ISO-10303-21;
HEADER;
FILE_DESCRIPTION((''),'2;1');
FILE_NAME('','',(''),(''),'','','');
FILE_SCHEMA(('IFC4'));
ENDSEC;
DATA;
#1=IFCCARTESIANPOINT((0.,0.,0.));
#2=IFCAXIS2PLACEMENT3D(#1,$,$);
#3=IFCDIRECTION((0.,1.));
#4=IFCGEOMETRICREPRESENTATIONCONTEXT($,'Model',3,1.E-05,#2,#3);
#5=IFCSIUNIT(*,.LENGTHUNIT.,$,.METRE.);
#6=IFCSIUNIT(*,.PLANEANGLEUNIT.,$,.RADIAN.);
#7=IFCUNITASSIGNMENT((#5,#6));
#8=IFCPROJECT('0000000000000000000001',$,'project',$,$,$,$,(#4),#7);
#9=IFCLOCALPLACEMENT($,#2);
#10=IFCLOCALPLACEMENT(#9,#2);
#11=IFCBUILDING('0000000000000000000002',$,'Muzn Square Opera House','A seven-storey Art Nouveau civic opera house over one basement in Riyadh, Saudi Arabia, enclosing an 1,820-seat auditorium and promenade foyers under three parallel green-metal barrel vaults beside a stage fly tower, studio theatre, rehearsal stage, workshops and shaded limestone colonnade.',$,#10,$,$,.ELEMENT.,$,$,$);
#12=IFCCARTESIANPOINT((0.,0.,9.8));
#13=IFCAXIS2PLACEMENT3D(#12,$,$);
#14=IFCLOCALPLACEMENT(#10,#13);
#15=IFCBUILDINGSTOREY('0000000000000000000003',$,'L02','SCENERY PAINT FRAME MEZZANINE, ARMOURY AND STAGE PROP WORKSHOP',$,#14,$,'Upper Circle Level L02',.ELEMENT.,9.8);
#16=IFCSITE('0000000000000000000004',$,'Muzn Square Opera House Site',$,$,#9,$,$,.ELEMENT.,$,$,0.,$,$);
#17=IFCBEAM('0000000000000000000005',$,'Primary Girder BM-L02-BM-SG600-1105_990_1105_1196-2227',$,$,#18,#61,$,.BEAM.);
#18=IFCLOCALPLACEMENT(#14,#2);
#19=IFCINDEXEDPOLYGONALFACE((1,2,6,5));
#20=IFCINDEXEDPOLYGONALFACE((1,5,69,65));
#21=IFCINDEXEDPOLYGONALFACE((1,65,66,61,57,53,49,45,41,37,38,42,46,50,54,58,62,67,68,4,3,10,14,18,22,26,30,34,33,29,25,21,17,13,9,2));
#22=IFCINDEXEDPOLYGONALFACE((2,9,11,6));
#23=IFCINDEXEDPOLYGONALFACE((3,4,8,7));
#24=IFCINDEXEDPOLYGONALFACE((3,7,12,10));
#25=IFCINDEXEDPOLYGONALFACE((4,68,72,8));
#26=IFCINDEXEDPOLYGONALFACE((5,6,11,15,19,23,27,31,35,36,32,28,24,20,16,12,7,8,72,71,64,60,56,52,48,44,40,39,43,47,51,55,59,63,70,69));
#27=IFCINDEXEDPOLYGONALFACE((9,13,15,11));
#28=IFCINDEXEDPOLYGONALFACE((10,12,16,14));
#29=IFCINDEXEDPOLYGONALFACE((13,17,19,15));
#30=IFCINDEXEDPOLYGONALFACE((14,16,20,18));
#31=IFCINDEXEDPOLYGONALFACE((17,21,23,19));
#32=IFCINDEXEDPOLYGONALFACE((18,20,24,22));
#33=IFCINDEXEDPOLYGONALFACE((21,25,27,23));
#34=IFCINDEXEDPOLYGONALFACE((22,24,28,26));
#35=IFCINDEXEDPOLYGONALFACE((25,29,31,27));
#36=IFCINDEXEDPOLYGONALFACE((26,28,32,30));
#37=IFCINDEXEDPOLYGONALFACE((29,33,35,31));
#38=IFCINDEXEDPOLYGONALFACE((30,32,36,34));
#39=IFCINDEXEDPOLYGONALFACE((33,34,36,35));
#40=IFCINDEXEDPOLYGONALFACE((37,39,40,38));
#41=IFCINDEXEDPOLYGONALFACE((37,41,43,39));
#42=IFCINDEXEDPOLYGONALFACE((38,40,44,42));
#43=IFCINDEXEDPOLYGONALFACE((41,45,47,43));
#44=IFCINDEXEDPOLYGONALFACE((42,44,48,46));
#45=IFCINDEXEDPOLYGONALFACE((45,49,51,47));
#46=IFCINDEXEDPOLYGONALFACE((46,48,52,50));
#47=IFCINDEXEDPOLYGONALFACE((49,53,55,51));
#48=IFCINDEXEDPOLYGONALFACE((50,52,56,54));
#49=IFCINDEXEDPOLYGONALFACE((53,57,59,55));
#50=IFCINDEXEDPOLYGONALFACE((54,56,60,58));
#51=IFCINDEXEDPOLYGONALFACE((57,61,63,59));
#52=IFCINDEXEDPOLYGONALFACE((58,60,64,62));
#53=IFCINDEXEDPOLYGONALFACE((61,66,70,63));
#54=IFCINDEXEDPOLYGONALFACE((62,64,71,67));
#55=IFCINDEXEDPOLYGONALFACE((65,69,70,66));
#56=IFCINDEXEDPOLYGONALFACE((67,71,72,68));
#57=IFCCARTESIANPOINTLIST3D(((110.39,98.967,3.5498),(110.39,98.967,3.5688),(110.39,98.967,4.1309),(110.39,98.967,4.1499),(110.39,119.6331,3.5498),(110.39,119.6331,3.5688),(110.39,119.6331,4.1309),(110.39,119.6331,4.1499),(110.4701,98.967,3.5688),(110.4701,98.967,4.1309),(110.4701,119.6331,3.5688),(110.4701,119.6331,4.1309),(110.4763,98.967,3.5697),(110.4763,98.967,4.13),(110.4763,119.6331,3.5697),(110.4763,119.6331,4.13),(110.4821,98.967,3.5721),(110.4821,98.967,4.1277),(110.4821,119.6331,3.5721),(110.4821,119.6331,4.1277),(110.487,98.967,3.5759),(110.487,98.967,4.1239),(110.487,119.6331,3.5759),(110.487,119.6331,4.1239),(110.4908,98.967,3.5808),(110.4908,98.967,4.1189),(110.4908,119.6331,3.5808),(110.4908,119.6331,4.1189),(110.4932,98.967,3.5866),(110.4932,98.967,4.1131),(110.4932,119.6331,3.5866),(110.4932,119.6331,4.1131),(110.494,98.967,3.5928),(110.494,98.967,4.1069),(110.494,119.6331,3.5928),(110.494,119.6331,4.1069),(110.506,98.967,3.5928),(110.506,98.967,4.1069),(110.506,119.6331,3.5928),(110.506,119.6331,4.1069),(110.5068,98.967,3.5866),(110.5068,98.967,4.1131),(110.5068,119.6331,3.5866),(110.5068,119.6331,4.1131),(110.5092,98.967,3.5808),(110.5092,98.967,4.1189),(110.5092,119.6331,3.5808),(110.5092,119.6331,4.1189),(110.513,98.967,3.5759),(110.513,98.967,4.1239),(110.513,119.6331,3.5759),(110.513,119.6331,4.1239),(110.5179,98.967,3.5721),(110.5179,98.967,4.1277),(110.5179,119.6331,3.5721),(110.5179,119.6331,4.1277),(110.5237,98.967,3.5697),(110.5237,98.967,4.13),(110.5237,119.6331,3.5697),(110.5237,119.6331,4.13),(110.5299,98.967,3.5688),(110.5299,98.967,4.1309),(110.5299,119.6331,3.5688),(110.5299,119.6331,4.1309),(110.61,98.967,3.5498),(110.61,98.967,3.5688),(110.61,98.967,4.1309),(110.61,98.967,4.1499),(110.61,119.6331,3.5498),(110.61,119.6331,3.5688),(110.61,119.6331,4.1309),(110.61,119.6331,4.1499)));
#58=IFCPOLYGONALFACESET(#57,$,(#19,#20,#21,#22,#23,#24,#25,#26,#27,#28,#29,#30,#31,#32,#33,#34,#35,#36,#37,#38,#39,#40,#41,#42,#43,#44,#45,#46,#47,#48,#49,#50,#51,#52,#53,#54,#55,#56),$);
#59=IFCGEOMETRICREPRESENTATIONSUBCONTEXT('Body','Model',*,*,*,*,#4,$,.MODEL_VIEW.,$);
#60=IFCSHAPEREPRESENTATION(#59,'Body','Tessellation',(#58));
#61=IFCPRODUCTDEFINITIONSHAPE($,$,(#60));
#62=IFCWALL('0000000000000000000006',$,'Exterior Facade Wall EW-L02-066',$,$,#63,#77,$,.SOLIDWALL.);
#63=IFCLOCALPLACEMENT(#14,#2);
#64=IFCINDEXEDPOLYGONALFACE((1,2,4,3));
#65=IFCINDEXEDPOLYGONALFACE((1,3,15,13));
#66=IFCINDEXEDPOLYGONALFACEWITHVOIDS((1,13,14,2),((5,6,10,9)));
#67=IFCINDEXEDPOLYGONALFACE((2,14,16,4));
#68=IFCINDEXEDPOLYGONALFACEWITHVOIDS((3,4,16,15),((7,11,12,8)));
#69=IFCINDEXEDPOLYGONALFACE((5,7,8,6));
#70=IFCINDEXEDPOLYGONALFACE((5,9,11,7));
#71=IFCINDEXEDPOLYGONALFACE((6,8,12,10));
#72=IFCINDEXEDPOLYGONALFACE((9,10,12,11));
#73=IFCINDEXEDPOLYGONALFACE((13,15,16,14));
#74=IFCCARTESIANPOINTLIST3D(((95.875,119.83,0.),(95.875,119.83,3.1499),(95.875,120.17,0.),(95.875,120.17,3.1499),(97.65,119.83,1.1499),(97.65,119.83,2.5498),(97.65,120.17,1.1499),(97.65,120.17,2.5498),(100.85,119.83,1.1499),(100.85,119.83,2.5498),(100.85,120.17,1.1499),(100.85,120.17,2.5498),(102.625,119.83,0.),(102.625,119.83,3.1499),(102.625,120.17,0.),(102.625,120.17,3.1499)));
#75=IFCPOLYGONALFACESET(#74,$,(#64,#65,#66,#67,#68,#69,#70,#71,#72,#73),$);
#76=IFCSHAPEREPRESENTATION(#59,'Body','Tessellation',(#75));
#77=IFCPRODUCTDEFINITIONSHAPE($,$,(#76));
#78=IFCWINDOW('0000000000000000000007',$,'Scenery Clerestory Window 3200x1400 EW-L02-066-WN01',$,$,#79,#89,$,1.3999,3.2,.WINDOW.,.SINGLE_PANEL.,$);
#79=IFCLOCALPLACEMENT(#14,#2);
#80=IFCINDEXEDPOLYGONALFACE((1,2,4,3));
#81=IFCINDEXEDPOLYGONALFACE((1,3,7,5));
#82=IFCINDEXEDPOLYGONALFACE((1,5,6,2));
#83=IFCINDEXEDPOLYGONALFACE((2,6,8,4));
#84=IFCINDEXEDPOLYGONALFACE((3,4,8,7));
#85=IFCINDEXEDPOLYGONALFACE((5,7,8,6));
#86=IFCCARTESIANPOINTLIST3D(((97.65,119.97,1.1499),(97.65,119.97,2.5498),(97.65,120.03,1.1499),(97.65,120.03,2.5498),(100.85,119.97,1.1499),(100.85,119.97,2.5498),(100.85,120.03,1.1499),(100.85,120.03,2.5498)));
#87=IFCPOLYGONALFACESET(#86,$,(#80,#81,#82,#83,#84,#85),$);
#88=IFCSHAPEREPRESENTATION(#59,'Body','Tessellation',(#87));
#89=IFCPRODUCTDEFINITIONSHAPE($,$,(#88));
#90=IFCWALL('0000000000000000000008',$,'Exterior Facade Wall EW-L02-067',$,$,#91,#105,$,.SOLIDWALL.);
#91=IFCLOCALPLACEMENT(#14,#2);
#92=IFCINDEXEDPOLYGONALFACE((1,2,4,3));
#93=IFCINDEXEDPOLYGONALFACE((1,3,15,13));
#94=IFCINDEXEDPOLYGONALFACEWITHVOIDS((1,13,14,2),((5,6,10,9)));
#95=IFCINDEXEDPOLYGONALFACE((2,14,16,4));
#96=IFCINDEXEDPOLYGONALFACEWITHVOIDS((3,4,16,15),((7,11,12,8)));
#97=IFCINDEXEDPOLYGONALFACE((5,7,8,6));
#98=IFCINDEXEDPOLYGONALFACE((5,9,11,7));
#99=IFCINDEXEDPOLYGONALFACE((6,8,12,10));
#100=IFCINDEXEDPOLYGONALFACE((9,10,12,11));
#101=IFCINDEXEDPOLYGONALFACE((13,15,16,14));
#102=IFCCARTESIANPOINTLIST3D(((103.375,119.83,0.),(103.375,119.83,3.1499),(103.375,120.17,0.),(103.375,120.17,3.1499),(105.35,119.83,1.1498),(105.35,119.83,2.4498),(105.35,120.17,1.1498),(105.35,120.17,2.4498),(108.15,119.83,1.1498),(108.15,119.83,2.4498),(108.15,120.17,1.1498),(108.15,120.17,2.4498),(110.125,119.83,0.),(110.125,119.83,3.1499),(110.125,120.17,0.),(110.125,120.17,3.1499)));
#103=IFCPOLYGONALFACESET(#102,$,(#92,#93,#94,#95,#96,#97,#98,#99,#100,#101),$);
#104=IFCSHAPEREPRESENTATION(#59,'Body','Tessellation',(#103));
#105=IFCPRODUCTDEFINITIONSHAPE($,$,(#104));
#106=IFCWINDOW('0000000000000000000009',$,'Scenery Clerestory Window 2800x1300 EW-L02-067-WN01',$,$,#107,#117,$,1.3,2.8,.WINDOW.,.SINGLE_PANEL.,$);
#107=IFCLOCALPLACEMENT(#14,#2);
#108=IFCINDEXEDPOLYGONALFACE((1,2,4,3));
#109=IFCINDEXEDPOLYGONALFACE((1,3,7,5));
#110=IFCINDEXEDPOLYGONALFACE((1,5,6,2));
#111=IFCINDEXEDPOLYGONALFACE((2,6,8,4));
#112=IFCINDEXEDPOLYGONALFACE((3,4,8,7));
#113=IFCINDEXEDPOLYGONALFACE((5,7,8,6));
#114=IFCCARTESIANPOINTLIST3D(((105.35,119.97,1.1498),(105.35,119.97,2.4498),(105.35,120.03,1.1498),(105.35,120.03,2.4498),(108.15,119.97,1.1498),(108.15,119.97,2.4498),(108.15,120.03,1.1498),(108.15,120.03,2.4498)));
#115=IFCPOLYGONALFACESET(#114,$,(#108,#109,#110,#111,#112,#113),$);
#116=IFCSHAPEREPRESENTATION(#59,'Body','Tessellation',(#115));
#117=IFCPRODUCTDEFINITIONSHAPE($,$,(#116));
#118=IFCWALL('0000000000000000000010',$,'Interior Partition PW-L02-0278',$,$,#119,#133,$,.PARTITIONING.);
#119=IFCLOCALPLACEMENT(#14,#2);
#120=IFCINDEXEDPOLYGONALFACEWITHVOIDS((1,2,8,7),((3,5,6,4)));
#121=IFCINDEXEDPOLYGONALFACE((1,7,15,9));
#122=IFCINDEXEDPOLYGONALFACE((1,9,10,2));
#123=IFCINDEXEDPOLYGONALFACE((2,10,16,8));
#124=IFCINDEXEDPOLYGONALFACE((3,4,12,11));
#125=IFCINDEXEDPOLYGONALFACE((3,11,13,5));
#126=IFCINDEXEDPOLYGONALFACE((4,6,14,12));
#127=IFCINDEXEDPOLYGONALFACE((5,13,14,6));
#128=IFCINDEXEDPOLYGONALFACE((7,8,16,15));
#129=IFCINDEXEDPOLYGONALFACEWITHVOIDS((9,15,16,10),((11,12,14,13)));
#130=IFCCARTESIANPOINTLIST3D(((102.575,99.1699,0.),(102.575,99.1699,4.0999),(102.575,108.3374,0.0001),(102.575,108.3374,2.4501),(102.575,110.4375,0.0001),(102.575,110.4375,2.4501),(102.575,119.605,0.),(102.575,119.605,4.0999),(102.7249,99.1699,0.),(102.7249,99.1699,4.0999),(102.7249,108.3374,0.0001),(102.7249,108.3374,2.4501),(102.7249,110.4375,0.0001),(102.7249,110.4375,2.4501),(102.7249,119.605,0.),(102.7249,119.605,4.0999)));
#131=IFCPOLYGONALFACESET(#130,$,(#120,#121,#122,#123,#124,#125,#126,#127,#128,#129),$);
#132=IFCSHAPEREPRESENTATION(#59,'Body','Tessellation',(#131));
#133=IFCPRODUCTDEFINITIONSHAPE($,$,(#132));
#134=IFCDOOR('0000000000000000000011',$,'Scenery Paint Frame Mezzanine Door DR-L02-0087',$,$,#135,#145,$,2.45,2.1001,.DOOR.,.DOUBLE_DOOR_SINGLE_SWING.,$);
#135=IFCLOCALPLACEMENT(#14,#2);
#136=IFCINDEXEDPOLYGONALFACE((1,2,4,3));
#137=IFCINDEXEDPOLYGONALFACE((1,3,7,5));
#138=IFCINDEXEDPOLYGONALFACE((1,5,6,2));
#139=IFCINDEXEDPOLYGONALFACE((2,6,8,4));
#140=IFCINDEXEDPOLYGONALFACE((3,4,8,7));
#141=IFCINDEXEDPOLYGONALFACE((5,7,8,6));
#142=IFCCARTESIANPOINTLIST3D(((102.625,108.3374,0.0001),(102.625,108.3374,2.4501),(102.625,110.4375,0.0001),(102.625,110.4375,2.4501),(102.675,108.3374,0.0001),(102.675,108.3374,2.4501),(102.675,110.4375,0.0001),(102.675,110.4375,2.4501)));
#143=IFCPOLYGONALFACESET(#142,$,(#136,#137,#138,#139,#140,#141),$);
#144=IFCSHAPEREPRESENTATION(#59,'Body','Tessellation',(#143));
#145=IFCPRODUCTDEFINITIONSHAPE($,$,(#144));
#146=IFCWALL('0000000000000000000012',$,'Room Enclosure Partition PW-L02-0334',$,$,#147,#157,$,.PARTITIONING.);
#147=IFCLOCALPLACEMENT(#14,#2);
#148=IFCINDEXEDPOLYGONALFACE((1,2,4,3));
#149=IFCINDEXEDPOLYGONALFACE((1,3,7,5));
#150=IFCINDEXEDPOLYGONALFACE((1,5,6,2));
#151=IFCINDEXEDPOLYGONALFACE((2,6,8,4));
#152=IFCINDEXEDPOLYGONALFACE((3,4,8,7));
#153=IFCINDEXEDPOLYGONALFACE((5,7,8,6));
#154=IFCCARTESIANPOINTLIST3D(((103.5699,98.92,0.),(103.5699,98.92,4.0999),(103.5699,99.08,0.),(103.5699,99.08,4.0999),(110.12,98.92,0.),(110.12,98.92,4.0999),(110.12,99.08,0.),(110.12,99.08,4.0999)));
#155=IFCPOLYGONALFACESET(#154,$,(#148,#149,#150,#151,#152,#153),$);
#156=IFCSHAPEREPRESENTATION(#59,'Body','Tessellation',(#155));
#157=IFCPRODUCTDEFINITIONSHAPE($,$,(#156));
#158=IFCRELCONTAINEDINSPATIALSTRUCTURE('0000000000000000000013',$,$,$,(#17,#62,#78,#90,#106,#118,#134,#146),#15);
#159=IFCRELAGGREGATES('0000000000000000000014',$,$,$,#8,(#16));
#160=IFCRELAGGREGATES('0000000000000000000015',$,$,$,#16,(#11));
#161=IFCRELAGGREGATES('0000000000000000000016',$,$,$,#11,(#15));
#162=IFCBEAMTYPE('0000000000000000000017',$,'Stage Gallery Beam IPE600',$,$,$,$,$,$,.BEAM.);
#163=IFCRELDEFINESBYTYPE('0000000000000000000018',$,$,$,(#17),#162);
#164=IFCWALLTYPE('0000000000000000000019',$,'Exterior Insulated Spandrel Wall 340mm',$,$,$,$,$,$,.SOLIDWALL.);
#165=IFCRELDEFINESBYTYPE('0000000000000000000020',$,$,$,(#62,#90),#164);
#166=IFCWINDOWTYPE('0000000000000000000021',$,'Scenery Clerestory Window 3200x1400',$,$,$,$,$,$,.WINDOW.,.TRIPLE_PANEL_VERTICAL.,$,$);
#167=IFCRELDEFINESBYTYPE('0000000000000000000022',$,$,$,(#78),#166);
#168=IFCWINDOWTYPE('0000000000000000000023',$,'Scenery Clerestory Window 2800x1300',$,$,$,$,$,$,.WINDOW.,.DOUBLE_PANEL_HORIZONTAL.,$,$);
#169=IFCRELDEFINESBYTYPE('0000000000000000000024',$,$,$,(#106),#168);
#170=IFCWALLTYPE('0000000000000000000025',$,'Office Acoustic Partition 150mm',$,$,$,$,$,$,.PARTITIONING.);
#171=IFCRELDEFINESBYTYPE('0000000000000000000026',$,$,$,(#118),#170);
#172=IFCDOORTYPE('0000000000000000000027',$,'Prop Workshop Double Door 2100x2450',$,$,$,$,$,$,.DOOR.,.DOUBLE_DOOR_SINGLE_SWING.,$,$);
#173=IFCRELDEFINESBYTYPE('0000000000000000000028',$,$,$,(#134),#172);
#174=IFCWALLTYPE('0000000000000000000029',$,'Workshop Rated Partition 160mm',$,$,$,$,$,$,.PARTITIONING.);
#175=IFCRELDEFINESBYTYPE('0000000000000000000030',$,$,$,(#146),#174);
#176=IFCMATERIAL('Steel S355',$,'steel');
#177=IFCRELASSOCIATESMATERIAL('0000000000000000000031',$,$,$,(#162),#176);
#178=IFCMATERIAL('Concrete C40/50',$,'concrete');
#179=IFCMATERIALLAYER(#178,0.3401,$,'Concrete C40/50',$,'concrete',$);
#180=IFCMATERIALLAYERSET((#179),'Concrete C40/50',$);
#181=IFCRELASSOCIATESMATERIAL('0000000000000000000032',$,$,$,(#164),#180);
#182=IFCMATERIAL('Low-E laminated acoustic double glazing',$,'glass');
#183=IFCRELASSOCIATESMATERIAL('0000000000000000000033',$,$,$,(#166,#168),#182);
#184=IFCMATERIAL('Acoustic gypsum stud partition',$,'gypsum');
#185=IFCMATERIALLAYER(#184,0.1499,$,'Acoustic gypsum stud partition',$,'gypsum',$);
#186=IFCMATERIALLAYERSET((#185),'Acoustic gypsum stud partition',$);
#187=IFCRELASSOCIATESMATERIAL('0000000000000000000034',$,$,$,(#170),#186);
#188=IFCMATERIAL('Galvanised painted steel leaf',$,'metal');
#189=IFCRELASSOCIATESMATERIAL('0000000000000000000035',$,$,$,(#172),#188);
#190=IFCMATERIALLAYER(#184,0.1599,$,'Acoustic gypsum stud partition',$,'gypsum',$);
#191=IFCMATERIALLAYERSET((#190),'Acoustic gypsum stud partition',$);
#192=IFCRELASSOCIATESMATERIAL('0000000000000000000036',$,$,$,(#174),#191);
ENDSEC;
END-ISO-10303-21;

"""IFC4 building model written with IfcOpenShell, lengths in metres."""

from ifc_helpers import new_model, si_unit, direction, frame, frame_2d, origin, origin_2d, place, context, subcontext, project, spatial, rectangle, i_section, extrude, material, layer, layer_set, material_profile, profile_set, type_object, element, fill, save


model = new_model("IFC4")

# Units and contexts
model_context = context("Model", 3, precision=1e-05, world=origin(), true_north=direction((0.0, 1.0)))
body_context = subcontext(model_context, "Body", "Model", "MODEL_VIEW")
ifc_project = project(units=[si_unit("LENGTHUNIT", "METRE"), si_unit("PLANEANGLEUNIT", "RADIAN")], contexts=[model_context])

# Site, building, storey
site_placement = place(None, origin())
site = spatial("IfcSite", under=ifc_project, at=site_placement, Name="Muzn Square Opera House Site", CompositionType="ELEMENT", RefElevation=0.0)
building_placement = place(site_placement, origin())
building = spatial("IfcBuilding", under=site, at=building_placement, Name="Muzn Square Opera House", Description="A seven-storey Art Nouveau civic opera house over one basement in Riyadh, Saudi Arabia, enclosing an 1,820-seat auditorium and promenade foyers under three parallel green-metal barrel vaults beside a stage fly tower, studio theatre, rehearsal stage, workshops and shaded limestone colonnade.", CompositionType="ELEMENT")
storey_placement = place(building_placement, frame((0.0, 0.0, 9.8)))
storey = spatial("IfcBuildingStorey", under=building, at=storey_placement, Name="L02", Description="SCENERY PAINT FRAME MEZZANINE, ARMOURY AND STAGE PROP WORKSHOP", LongName="Upper Circle Level L02", CompositionType="ELEMENT", Elevation=9.8)

# Beam
ifc_material_1 = material(Name="Concrete C40/50", Category="concrete")
ifc_material_2 = material(Name="Steel S355", Category="steel")
ifc_material_profile_1 = material_profile(ifc_material_2, i_section(OverallWidth=0.22, OverallDepth=0.6001, WebThickness=0.012, FlangeThickness=0.019, FilletRadius=0.0239, at=origin_2d()), Name="IPE 600", Category="steel")
ifc_profile_set_1 = profile_set([ifc_material_profile_1], Name="Steel S355")
beam_type_1 = type_object("IfcBeamType", Name="Stage Gallery Beam IPE600", PredefinedType="BEAM", material=ifc_profile_set_1)
beam_1_placement = place(storey_placement, frame((110.5, 98.967, 3.8499), z_axis=(0.0, 1.0, 0.0), x_axis=(-1.0, 0.0, 0.0)))
element("IfcBeam", 1, at=beam_1_placement, inside=storey, type_object=beam_type_1, Name="Primary Girder BM-L02-BM-SG600-1105_990_1105_1196-2227", PredefinedType="BEAM", context=body_context, shape_type="SweptSolid", body=[
    extrude(i_section(OverallWidth=0.22, OverallDepth=0.6001, WebThickness=0.012, FlangeThickness=0.019, FilletRadius=0.0239, at=origin_2d()), origin(), (0.0, 0.0, 1.0), 20.666),
])

# Walls, openings, windows
ifc_layer_1 = layer(ifc_material_1, 0.3401, Name="Concrete C40/50", Category="concrete")
ifc_layer_set_1 = layer_set([ifc_layer_1], Name="Concrete C40/50")
wall_type_1 = type_object("IfcWallType", Name="Exterior Insulated Spandrel Wall 340mm", PredefinedType="SOLIDWALL", material=ifc_layer_set_1)
wall_1_placement = place(storey_placement, frame((95.875, 120.0, 0.0), z_axis=(0.0, 0.0, 1.0), x_axis=(1.0, 0.0, 0.0)))
wall_1 = element("IfcWall", 2, at=wall_1_placement, inside=storey, type_object=wall_type_1, Name="Exterior Facade Wall EW-L02-066", PredefinedType="SOLIDWALL", context=body_context, shape_type="SweptSolid", body=[
    extrude(rectangle(XDim=6.75, YDim=0.3401, at=frame_2d((3.375, 0.0))), origin(), (0.0, 0.0, 1.0), 3.1499),
])
opening_1_placement = place(wall_1_placement, frame((1.7749, 0.0, 1.1499)))
opening_1 = element("IfcOpeningElement", 3, at=opening_1_placement, cuts=wall_1, PredefinedType="OPENING", context=body_context, shape_type="SweptSolid", body=[
    extrude(rectangle(XDim=3.2, YDim=1.3999, at=frame_2d((1.6001, 0.7))), frame((0.0, 0.1799, 0.0), z_axis=(0.0, -1.0, 0.0), x_axis=(1.0, 0.0, 0.0)), (0.0, 0.0, 1.0), 0.3601),
])
ifc_material_3 = material(Name="Low-E laminated acoustic double glazing", Category="glass")
window_type_1 = type_object("IfcWindowType", Name="Scenery Clerestory Window 3200x1400", PartitioningType="TRIPLE_PANEL_VERTICAL", PredefinedType="WINDOW", material=ifc_material_3)
window_1_placement = place(opening_1_placement, origin())
window_1 = element("IfcWindow", 4, at=window_1_placement, inside=storey, type_object=window_type_1, Name="Scenery Clerestory Window 3200x1400 EW-L02-066-WN01", OverallHeight=1.3999, OverallWidth=3.2, PartitioningType="SINGLE_PANEL", PredefinedType="WINDOW", context=body_context, shape_type="SweptSolid", body=[
    extrude(rectangle(XDim=3.2, YDim=1.3999, at=frame_2d((1.6001, 0.7))), frame((0.0, 0.03, 0.0), z_axis=(0.0, -1.0, 0.0), x_axis=(1.0, 0.0, 0.0)), (0.0, 0.0, 1.0), 0.0601),
])
fill(opening_1, window_1)
wall_2_placement = place(storey_placement, frame((103.375, 120.0, 0.0), z_axis=(0.0, 0.0, 1.0), x_axis=(1.0, 0.0, 0.0)))
wall_2 = element("IfcWall", 5, at=wall_2_placement, inside=storey, type_object=wall_type_1, Name="Exterior Facade Wall EW-L02-067", PredefinedType="SOLIDWALL", context=body_context, shape_type="SweptSolid", body=[
    extrude(rectangle(XDim=6.75, YDim=0.3401, at=frame_2d((3.375, 0.0))), origin(), (0.0, 0.0, 1.0), 3.1499),
])
opening_2_placement = place(wall_2_placement, frame((1.9751, 0.0, 1.1499)))
opening_2 = element("IfcOpeningElement", 6, at=opening_2_placement, cuts=wall_2, PredefinedType="OPENING", context=body_context, shape_type="SweptSolid", body=[
    extrude(rectangle(XDim=2.8, YDim=1.3, at=frame_2d((1.3999, 0.6499))), frame((0.0, 0.1799, 0.0), z_axis=(0.0, -1.0, 0.0), x_axis=(1.0, 0.0, 0.0)), (0.0, 0.0, 1.0), 0.3601),
])
window_type_2 = type_object("IfcWindowType", Name="Scenery Clerestory Window 2800x1300", PartitioningType="DOUBLE_PANEL_HORIZONTAL", PredefinedType="WINDOW", material=ifc_material_3)
window_2_placement = place(opening_2_placement, origin())
window_2 = element("IfcWindow", 7, at=window_2_placement, inside=storey, type_object=window_type_2, Name="Scenery Clerestory Window 2800x1300 EW-L02-067-WN01", OverallHeight=1.3, OverallWidth=2.8, PartitioningType="SINGLE_PANEL", PredefinedType="WINDOW", context=body_context, shape_type="SweptSolid", body=[
    extrude(rectangle(XDim=2.8, YDim=1.3, at=frame_2d((1.3999, 0.6499))), frame((0.0, 0.03, 0.0), z_axis=(0.0, -1.0, 0.0), x_axis=(1.0, 0.0, 0.0)), (0.0, 0.0, 1.0), 0.0601),
])
fill(opening_2, window_2)

# Wall, opening, door
ifc_material_4 = material(Name="Acoustic gypsum stud partition", Category="gypsum")
ifc_layer_2 = layer(ifc_material_4, 0.1499, Name="Acoustic gypsum stud partition", Category="gypsum")
ifc_layer_set_2 = layer_set([ifc_layer_2], Name="Acoustic gypsum stud partition")
wall_type_2 = type_object("IfcWallType", Name="Office Acoustic Partition 150mm", PredefinedType="PARTITIONING", material=ifc_layer_set_2)
wall_3_placement = place(storey_placement, frame((102.6499, 99.1699, 0.0), z_axis=(0.0, 0.0, 1.0), x_axis=(0.0, 1.0, 0.0)))
wall_3 = element("IfcWall", 8, at=wall_3_placement, inside=storey, type_object=wall_type_2, Name="Interior Partition PW-L02-0278", PredefinedType="PARTITIONING", context=body_context, shape_type="SweptSolid", body=[
    extrude(rectangle(XDim=20.4351, YDim=0.1499, at=frame_2d((10.2175, 0.0))), origin(), (0.0, 0.0, 1.0), 4.0999),
])
opening_3_placement = place(wall_3_placement, frame((9.1675, 0.0, 0.0)))
opening_3 = element("IfcOpeningElement", 9, at=opening_3_placement, cuts=wall_3, PredefinedType="OPENING", context=body_context, shape_type="SweptSolid", body=[
    extrude(rectangle(XDim=2.1001, YDim=2.45, at=frame_2d((1.05, 1.2251))), frame((0.0, 0.085, 0.0), z_axis=(0.0, -1.0, 0.0), x_axis=(1.0, 0.0, 0.0)), (0.0, 0.0, 1.0), 0.1699),
])
ifc_material_5 = material(Name="Galvanised painted steel leaf", Category="metal")
door_type = type_object("IfcDoorType", Name="Prop Workshop Double Door 2100x2450", OperationType="DOUBLE_DOOR_SINGLE_SWING", PredefinedType="DOOR", material=ifc_material_5)
door_placement = place(opening_3_placement, origin())
door = element("IfcDoor", 10, at=door_placement, inside=storey, type_object=door_type, Name="Scenery Paint Frame Mezzanine Door DR-L02-0087", OperationType="DOUBLE_DOOR_SINGLE_SWING", OverallHeight=2.45, OverallWidth=2.1001, PredefinedType="DOOR", context=body_context, shape_type="SweptSolid", body=[
    extrude(rectangle(XDim=2.1001, YDim=2.45, at=frame_2d((1.05, 1.2251))), frame((0.0, 0.0249, 0.0), z_axis=(0.0, -1.0, 0.0), x_axis=(1.0, 0.0, 0.0)), (0.0, 0.0, 1.0), 0.05),
])
fill(opening_3, door)

# Wall
ifc_layer_3 = layer(ifc_material_4, 0.1599, Name="Acoustic gypsum stud partition", Category="gypsum")
ifc_layer_set_3 = layer_set([ifc_layer_3], Name="Acoustic gypsum stud partition")
wall_type_3 = type_object("IfcWallType", Name="Workshop Rated Partition 160mm", PredefinedType="PARTITIONING", material=ifc_layer_set_3)
wall_4_placement = place(storey_placement, frame((103.5701, 99.0, 0.0), z_axis=(0.0, 0.0, 1.0), x_axis=(1.0, 0.0, 0.0)))
element("IfcWall", 11, at=wall_4_placement, inside=storey, type_object=wall_type_3, Name="Room Enclosure Partition PW-L02-0334", PredefinedType="PARTITIONING", context=body_context, shape_type="SweptSolid", body=[
    extrude(rectangle(XDim=6.55, YDim=0.1599, at=frame_2d((3.2749, 0.0))), origin(), (0.0, 0.0, 1.0), 4.0999),
])

save(model, "model.ifc")
